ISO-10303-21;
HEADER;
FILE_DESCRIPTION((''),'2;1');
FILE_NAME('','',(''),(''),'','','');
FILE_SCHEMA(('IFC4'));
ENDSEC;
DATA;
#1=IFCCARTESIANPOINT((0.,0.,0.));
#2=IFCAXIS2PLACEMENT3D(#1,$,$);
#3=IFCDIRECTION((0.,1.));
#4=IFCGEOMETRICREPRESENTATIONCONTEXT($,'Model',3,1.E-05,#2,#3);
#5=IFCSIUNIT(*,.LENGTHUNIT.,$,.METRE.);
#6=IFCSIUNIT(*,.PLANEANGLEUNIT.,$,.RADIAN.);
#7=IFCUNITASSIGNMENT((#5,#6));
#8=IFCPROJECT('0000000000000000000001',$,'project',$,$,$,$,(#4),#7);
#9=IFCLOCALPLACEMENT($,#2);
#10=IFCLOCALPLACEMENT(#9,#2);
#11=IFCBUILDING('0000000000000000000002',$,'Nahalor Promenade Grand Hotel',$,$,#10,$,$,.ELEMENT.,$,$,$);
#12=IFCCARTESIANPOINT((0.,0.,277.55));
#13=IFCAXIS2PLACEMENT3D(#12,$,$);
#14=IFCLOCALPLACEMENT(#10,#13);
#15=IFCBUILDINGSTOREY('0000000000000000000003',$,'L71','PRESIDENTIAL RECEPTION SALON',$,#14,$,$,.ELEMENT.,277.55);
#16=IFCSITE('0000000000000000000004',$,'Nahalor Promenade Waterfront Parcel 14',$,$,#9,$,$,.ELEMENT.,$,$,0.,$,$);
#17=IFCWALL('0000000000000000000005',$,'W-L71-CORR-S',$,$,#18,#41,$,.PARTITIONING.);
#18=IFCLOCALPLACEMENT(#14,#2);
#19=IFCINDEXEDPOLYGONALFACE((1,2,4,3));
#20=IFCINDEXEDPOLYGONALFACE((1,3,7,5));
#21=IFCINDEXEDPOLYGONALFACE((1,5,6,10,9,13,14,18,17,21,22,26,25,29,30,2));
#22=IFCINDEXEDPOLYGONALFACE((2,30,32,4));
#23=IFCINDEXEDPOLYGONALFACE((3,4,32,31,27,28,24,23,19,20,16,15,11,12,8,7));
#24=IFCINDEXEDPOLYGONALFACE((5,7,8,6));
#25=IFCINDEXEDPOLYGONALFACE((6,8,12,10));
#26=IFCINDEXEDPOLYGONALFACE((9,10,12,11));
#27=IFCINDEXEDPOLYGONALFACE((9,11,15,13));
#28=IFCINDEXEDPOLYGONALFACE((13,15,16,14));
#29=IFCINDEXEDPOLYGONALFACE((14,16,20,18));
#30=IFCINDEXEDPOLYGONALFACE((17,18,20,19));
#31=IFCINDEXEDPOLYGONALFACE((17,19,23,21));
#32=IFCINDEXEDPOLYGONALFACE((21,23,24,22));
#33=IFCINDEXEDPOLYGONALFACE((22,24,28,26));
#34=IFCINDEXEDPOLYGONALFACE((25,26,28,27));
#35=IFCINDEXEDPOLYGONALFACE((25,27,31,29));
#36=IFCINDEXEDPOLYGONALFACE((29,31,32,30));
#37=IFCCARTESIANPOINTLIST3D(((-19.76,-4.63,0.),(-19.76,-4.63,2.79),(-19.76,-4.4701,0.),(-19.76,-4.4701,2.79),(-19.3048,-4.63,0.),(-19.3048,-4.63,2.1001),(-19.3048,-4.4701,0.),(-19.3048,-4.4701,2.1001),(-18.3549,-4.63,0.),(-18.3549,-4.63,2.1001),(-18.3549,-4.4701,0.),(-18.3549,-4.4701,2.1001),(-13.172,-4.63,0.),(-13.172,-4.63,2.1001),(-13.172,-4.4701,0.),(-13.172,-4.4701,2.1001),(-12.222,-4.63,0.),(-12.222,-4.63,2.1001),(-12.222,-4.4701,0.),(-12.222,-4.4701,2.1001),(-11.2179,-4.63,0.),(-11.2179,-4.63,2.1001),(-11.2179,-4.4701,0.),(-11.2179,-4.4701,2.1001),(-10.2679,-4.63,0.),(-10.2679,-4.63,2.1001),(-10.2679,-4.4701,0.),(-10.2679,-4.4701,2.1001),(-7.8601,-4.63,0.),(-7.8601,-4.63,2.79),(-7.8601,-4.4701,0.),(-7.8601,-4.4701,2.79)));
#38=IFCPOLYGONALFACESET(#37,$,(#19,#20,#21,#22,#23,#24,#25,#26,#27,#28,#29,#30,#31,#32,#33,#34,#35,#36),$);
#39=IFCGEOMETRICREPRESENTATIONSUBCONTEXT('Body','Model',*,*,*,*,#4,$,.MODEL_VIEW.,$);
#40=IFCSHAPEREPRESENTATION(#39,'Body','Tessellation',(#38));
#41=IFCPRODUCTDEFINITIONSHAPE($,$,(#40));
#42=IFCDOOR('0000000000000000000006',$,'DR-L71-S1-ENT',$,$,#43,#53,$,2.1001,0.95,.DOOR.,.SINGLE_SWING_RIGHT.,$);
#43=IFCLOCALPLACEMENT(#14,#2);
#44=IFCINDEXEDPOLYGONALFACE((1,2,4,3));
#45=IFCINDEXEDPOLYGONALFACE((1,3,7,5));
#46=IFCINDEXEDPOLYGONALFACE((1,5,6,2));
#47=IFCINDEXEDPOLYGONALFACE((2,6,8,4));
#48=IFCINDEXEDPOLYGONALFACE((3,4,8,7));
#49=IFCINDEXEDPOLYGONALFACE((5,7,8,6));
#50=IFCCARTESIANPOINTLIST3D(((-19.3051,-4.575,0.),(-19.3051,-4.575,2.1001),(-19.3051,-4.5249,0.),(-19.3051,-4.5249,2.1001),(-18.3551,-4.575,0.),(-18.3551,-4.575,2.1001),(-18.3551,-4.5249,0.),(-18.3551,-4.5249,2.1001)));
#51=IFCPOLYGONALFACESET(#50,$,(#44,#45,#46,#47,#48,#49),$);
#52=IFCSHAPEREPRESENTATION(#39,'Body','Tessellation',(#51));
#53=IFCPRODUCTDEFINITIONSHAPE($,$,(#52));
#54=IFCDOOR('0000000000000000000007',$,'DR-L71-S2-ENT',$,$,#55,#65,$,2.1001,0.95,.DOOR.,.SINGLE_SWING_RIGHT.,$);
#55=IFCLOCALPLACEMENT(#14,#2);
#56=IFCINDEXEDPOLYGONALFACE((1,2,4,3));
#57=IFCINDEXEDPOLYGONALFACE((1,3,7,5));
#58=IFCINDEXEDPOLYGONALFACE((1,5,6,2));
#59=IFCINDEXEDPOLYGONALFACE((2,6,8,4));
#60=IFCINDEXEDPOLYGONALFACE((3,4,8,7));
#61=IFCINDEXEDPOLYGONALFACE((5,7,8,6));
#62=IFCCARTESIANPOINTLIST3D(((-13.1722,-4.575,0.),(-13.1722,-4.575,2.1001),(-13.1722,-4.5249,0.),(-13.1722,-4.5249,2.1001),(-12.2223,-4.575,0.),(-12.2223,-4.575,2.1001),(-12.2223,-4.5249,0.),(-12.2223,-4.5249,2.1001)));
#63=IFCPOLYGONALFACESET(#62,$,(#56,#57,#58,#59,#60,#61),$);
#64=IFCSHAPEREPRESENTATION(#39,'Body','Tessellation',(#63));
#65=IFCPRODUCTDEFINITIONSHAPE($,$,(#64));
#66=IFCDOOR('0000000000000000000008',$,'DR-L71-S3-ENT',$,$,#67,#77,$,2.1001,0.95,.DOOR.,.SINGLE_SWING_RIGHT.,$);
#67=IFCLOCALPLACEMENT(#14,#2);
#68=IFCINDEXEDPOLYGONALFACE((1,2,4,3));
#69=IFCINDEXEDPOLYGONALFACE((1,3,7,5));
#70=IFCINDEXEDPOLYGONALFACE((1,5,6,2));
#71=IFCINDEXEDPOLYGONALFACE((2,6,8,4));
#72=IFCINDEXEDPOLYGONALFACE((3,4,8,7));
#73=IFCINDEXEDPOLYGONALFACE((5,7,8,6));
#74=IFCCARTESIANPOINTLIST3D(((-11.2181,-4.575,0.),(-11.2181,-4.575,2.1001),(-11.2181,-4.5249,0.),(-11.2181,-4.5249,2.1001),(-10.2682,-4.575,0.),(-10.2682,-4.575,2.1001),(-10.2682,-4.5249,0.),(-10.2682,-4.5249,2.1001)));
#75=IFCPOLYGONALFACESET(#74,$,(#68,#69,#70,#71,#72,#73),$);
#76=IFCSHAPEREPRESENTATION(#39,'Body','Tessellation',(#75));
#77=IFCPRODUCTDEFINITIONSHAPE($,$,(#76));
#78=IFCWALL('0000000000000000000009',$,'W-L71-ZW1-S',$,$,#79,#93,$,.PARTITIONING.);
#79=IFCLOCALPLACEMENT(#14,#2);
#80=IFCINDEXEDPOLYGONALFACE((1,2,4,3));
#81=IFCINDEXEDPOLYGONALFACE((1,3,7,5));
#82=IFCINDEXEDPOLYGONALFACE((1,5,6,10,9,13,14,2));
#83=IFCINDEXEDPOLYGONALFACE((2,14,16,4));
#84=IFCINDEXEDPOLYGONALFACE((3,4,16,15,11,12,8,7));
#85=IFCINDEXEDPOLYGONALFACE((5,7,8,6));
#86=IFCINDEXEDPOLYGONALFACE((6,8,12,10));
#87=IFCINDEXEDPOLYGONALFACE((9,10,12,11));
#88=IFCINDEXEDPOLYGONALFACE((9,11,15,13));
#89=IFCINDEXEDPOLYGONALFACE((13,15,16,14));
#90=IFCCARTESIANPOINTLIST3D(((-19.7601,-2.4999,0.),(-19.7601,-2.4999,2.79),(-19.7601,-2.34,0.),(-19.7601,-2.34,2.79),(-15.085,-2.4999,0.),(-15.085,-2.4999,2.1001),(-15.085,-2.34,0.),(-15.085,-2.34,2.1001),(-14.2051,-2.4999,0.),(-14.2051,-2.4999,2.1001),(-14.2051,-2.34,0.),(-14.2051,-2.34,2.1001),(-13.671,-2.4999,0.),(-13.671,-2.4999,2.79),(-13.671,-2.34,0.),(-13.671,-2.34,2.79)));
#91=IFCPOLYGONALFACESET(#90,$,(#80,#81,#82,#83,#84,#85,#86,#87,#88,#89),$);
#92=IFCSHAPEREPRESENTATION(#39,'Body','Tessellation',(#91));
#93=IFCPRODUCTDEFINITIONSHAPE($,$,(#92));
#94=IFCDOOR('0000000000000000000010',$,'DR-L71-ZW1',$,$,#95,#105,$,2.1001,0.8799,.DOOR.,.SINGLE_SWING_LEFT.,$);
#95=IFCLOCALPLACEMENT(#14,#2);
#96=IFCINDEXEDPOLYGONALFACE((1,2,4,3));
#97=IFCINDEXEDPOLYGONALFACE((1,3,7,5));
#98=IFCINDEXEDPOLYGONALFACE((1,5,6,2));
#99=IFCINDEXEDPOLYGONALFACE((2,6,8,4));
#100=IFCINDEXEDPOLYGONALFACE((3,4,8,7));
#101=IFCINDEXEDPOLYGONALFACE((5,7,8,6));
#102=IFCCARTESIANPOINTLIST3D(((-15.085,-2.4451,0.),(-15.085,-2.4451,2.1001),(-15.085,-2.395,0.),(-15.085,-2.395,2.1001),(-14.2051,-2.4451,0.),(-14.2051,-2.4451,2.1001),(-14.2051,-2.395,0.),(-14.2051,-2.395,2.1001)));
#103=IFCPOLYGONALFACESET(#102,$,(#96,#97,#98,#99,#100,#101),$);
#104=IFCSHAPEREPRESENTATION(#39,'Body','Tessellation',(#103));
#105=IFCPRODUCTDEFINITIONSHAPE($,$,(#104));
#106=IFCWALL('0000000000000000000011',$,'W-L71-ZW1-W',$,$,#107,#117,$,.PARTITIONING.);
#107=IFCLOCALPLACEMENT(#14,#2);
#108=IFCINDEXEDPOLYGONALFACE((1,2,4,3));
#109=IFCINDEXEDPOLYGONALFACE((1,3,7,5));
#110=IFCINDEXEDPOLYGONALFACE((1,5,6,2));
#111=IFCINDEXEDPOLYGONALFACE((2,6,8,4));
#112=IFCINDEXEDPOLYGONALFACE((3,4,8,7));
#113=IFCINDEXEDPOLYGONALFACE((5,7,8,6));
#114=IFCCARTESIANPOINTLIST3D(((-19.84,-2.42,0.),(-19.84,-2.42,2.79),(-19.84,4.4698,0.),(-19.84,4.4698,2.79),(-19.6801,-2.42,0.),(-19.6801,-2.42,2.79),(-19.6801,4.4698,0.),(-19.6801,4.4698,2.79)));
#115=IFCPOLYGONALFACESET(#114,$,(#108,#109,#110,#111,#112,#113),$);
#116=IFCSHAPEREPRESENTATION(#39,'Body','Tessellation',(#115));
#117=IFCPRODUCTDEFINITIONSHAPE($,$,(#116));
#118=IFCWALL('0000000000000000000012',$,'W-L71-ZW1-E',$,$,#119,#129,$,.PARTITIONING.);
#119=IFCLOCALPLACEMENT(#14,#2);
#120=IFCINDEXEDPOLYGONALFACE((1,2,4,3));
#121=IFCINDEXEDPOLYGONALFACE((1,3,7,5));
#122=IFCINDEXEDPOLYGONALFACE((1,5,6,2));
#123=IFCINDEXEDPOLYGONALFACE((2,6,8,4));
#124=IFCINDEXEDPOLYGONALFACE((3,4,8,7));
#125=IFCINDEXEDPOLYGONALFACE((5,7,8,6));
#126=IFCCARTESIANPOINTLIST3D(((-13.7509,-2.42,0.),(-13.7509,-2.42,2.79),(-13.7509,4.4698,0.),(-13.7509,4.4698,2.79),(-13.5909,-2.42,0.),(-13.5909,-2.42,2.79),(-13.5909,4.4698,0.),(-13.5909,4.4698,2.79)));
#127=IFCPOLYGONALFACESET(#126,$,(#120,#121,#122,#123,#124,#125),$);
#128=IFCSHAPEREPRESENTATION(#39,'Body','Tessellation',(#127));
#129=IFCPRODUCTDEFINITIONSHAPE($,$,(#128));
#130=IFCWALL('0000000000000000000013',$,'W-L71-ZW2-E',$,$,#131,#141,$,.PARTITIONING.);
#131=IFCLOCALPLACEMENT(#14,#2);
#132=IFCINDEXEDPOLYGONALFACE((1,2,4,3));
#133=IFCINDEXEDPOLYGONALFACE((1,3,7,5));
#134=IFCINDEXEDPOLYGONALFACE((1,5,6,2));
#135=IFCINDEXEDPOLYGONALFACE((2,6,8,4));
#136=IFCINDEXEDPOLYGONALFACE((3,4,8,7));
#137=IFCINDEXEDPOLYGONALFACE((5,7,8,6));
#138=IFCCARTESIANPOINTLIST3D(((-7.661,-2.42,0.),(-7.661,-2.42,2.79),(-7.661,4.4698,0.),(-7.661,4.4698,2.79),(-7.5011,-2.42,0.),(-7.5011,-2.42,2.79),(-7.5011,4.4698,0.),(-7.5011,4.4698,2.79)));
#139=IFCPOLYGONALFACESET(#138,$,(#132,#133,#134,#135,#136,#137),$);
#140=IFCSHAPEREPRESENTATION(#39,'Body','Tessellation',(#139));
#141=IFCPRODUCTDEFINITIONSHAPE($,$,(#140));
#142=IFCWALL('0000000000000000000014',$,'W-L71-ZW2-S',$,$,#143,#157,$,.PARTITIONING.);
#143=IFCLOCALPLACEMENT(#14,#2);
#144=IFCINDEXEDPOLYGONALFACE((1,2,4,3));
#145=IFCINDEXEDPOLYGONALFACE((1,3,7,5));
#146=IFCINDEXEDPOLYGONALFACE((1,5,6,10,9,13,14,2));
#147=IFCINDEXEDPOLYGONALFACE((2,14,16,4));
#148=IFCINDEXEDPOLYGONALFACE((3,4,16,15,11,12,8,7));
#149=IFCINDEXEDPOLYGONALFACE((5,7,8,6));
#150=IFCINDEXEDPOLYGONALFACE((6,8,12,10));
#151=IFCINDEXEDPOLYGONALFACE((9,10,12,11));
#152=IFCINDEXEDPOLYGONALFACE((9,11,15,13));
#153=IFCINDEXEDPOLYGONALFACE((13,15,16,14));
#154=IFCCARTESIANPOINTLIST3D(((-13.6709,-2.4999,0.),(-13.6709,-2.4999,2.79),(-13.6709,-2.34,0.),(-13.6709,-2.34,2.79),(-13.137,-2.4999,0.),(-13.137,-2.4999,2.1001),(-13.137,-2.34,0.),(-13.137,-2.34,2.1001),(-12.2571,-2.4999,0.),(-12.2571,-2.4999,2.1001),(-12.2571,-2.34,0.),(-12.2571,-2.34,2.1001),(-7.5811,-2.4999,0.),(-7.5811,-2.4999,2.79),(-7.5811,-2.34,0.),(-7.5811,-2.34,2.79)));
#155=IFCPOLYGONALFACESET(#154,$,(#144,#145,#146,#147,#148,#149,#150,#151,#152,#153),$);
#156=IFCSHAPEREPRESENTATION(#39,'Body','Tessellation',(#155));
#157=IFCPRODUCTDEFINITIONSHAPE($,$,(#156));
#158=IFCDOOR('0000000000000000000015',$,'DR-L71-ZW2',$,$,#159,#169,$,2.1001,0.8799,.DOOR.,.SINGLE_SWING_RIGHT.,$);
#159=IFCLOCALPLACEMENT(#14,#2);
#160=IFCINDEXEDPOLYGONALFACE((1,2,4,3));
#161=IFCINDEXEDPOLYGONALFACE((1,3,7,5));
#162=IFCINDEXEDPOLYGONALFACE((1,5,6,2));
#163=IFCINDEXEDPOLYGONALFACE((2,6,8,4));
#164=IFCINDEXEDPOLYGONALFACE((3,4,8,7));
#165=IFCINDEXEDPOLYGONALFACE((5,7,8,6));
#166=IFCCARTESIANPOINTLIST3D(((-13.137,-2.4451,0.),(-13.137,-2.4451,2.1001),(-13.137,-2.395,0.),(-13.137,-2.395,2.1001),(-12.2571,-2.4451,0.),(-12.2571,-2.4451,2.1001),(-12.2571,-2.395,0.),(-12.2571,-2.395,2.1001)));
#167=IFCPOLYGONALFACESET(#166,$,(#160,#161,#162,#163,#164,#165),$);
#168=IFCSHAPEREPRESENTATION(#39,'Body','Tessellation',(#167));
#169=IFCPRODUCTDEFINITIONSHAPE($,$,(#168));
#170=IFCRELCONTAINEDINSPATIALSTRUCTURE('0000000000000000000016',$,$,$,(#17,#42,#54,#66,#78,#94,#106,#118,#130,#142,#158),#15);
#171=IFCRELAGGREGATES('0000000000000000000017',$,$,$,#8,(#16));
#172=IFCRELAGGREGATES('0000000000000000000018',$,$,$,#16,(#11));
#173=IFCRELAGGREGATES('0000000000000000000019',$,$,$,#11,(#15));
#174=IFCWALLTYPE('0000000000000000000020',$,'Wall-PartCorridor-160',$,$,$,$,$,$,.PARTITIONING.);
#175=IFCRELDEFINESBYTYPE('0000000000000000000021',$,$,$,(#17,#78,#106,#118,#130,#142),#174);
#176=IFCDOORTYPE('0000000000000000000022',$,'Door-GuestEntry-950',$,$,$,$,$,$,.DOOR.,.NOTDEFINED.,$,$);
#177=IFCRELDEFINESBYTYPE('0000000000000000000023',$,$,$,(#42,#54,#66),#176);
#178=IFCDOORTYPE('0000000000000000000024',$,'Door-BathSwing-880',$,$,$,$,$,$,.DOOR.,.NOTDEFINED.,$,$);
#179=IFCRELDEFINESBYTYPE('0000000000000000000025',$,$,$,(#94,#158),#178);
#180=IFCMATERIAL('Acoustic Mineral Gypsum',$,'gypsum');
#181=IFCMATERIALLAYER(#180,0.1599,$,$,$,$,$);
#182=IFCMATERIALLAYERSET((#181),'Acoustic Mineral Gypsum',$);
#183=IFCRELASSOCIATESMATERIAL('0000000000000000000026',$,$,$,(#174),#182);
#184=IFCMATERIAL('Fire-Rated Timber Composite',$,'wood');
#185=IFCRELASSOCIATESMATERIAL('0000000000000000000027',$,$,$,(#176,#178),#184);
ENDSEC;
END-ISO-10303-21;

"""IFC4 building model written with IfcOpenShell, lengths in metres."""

from ifc_helpers import new_model, si_unit, direction, frame, frame_2d, origin, place, context, subcontext, project, spatial, rectangle, extrude, source, transform, mapped, material, layer, layer_set, type_object, element, fill, save


model = new_model("IFC4")

# Units and contexts
model_context = context("Model", 3, precision=1e-05, world=origin(), true_north=direction((0.0, 1.0)))
body_context = subcontext(model_context, "Body", "Model", "MODEL_VIEW")
ifc_project = project(units=[si_unit("LENGTHUNIT", "METRE"), si_unit("PLANEANGLEUNIT", "RADIAN")], contexts=[model_context])

# Site, building, storey
site_placement = place(None, origin())
site = spatial("IfcSite", under=ifc_project, at=site_placement, Name="Nahalor Promenade Waterfront Parcel 14", CompositionType="ELEMENT", RefElevation=0.0)
building_placement = place(site_placement, origin())
building = spatial("IfcBuilding", under=site, at=building_placement, Name="Nahalor Promenade Grand Hotel", CompositionType="ELEMENT")
storey_placement = place(building_placement, frame((0.0, 0.0, 277.55)))
storey = spatial("IfcBuildingStorey", under=building, at=storey_placement, Name="L71", Description="PRESIDENTIAL RECEPTION SALON", CompositionType="ELEMENT", Elevation=277.55)

# Shared definitions
ifc_material_1 = material(Name="Acoustic Mineral Gypsum", Category="gypsum")
ifc_layer_1 = layer(ifc_material_1, 0.1599)
ifc_layer_set_1 = layer_set([ifc_layer_1], Name="Acoustic Mineral Gypsum")
wall_type_1 = type_object("IfcWallType", Name="Wall-PartCorridor-160", PredefinedType="PARTITIONING", material=ifc_layer_set_1)
ifc_material_2 = material(Name="Fire-Rated Timber Composite", Category="wood")
door_type_1 = type_object("IfcDoorType", Name="Door-GuestEntry-950", OperationType="NOTDEFINED", PredefinedType="DOOR", material=ifc_material_2)
shared_shape_1 = source(origin(), body_context, "Body", "SweptSolid", [
    extrude(rectangle(XDim=0.95, YDim=2.1001, at=frame_2d((0.4751, 1.05))), frame((0.0, 0.0249, 0.0), z_axis=(0.0, -1.0, 0.0), x_axis=(1.0, 0.0, 0.0)), (0.0, 0.0, 1.0), 0.05),
])

# Wall, openings, doors
shared_shape_2 = source(origin(), body_context, "Body", "SweptSolid", [
    extrude(rectangle(XDim=11.8999, YDim=0.1599, at=frame_2d((5.95, 0.0))), origin(), (0.0, 0.0, 1.0), 2.79),
])
wall_1_placement = place(storey_placement, frame((-19.76, -4.55, 0.0), z_axis=(0.0, 0.0, 1.0), x_axis=(1.0, 0.0, 0.0)))
wall_1 = element("IfcWall", 1, at=wall_1_placement, inside=storey, type_object=wall_type_1, Name="W-L71-CORR-S", PredefinedType="PARTITIONING", context=body_context, shape_type="MappedRepresentation", body=[
    mapped(shared_shape_2, transform((0.0, 0.0, 0.0), scale=1.0)),
])
opening_1_placement = place(wall_1_placement, frame((0.4551, 0.0, 0.0)))
opening_1 = element("IfcOpeningElement", 2, at=opening_1_placement, cuts=wall_1, PredefinedType="OPENING", context=body_context, shape_type="SweptSolid", body=[
    extrude(rectangle(XDim=0.95, YDim=2.1001, at=frame_2d((0.4751, 1.05))), frame((0.0, 0.0898, 0.0), z_axis=(0.0, -1.0, 0.0), x_axis=(1.0, 0.0, 0.0)), (0.0, 0.0, 1.0), 0.1799),
])
opening_2_placement = place(wall_1_placement, frame((6.5879, 0.0, 0.0)))
opening_2 = element("IfcOpeningElement", 3, at=opening_2_placement, cuts=wall_1, PredefinedType="OPENING", context=body_context, shape_type="SweptSolid", body=[
    extrude(rectangle(XDim=0.95, YDim=2.1001, at=frame_2d((0.4751, 1.05))), frame((0.0, 0.0898, 0.0), z_axis=(0.0, -1.0, 0.0), x_axis=(1.0, 0.0, 0.0)), (0.0, 0.0, 1.0), 0.1799),
])
opening_3_placement = place(wall_1_placement, frame((8.542, 0.0, 0.0)))
opening_3 = element("IfcOpeningElement", 4, at=opening_3_placement, cuts=wall_1, PredefinedType="OPENING", context=body_context, shape_type="SweptSolid", body=[
    extrude(rectangle(XDim=0.95, YDim=2.1001, at=frame_2d((0.4751, 1.05))), frame((0.0, 0.0898, 0.0), z_axis=(0.0, -1.0, 0.0), x_axis=(1.0, 0.0, 0.0)), (0.0, 0.0, 1.0), 0.1799),
])
door_1_placement = place(opening_1_placement, frame((0.95, 0.0, 0.0), z_axis=(0.0, 0.0, 1.0), x_axis=(-1.0, 0.0, 0.0)))
door_1 = element("IfcDoor", 5, at=door_1_placement, inside=storey, type_object=door_type_1, Name="DR-L71-S1-ENT", OperationType="SINGLE_SWING_RIGHT", OverallHeight=2.1001, OverallWidth=0.95, PredefinedType="DOOR", context=body_context, shape_type="MappedRepresentation", body=[
    mapped(shared_shape_1, transform((0.0, 0.0, 0.0), scale=1.0)),
])
fill(opening_1, door_1)
door_2_placement = place(opening_2_placement, frame((0.95, 0.0, 0.0), z_axis=(0.0, 0.0, 1.0), x_axis=(-1.0, 0.0, 0.0)))
door_2 = element("IfcDoor", 6, at=door_2_placement, inside=storey, type_object=door_type_1, Name="DR-L71-S2-ENT", OperationType="SINGLE_SWING_RIGHT", OverallHeight=2.1001, OverallWidth=0.95, PredefinedType="DOOR", context=body_context, shape_type="MappedRepresentation", body=[
    mapped(shared_shape_1, transform((0.0, 0.0, 0.0), scale=1.0)),
])
fill(opening_2, door_2)
door_3_placement = place(opening_3_placement, frame((0.95, 0.0, 0.0), z_axis=(0.0, 0.0, 1.0), x_axis=(-1.0, 0.0, 0.0)))
door_3 = element("IfcDoor", 7, at=door_3_placement, inside=storey, type_object=door_type_1, Name="DR-L71-S3-ENT", OperationType="SINGLE_SWING_RIGHT", OverallHeight=2.1001, OverallWidth=0.95, PredefinedType="DOOR", context=body_context, shape_type="MappedRepresentation", body=[
    mapped(shared_shape_1, transform((0.0, 0.0, 0.0), scale=1.0)),
])
fill(opening_3, door_3)

# Wall, opening, door
shared_shape_3 = source(origin(), body_context, "Body", "SweptSolid", [
    extrude(rectangle(XDim=6.0891, YDim=0.1599, at=frame_2d((3.0444, 0.0))), origin(), (0.0, 0.0, 1.0), 2.79),
])
wall_2_placement = place(storey_placement, frame((-19.76, -2.4199, 0.0), z_axis=(0.0, 0.0, 1.0), x_axis=(1.0, 0.0, 0.0)))
wall_2 = element("IfcWall", 8, at=wall_2_placement, inside=storey, type_object=wall_type_1, Name="W-L71-ZW1-S", PredefinedType="PARTITIONING", context=body_context, shape_type="MappedRepresentation", body=[
    mapped(shared_shape_3, transform((0.0, 0.0, 0.0), scale=1.0)),
])
opening_4_placement = place(wall_2_placement, frame((4.675, 0.0, 0.0)))
opening_4 = element("IfcOpeningElement", 9, at=opening_4_placement, cuts=wall_2, PredefinedType="OPENING", context=body_context, shape_type="SweptSolid", body=[
    extrude(rectangle(XDim=0.8799, YDim=2.1001, at=frame_2d((0.4399, 1.05))), frame((0.0, 0.0898, 0.0), z_axis=(0.0, -1.0, 0.0), x_axis=(1.0, 0.0, 0.0)), (0.0, 0.0, 1.0), 0.1799),
])
door_type_2 = type_object("IfcDoorType", Name="Door-BathSwing-880", OperationType="NOTDEFINED", PredefinedType="DOOR", material=ifc_material_2)
shared_shape_4 = source(origin(), body_context, "Body", "SweptSolid", [
    extrude(rectangle(XDim=0.8799, YDim=2.1001, at=frame_2d((0.4399, 1.05))), frame((0.0, 0.0249, 0.0), z_axis=(0.0, -1.0, 0.0), x_axis=(1.0, 0.0, 0.0)), (0.0, 0.0, 1.0), 0.05),
])
door_4_placement = place(opening_4_placement, origin())
door_4 = element("IfcDoor", 10, at=door_4_placement, inside=storey, type_object=door_type_2, Name="DR-L71-ZW1", OperationType="SINGLE_SWING_LEFT", OverallHeight=2.1001, OverallWidth=0.8799, PredefinedType="DOOR", context=body_context, shape_type="MappedRepresentation", body=[
    mapped(shared_shape_4, transform((0.0, 0.0, 0.0), scale=1.0)),
])
fill(opening_4, door_4)

# Walls
shared_shape_5 = source(origin(), body_context, "Body", "SweptSolid", [
    extrude(rectangle(XDim=6.8899, YDim=0.1599, at=frame_2d((3.4448, 0.0))), origin(), (0.0, 0.0, 1.0), 2.79),
])
for number, where, z_axis, x_axis, name in (
    (11, (-19.76, -2.4199, 0.0), (0.0, 0.0, 1.0), (0.0, 1.0, 0.0), "W-L71-ZW1-W"),
    (12, (-13.6709, -2.4199, 0.0), (0.0, 0.0, 1.0), (0.0, 1.0, 0.0), "W-L71-ZW1-E"),
    (13, (-7.5811, -2.4199, 0.0), (0.0, 0.0, 1.0), (0.0, 1.0, 0.0), "W-L71-ZW2-E"),
):
    element("IfcWall", number, at=place(storey_placement, frame(where, z_axis=z_axis, x_axis=x_axis)), inside=storey, type_object=wall_type_1, Name=name, PredefinedType="PARTITIONING", context=body_context, shape_type="MappedRepresentation", body=[
        mapped(shared_shape_5, transform((0.0, 0.0, 0.0), scale=1.0)),
    ])

# Wall, opening, door
shared_shape_6 = source(origin(), body_context, "Body", "SweptSolid", [
    extrude(rectangle(XDim=6.0898, YDim=0.1599, at=frame_2d((3.0449, 0.0))), origin(), (0.0, 0.0, 1.0), 2.79),
])
wall_3_placement = place(storey_placement, frame((-13.6709, -2.4199, 0.0), z_axis=(0.0, 0.0, 1.0), x_axis=(1.0, 0.0, 0.0)))
wall_3 = element("IfcWall", 14, at=wall_3_placement, inside=storey, type_object=wall_type_1, Name="W-L71-ZW2-S", PredefinedType="PARTITIONING", context=body_context, shape_type="MappedRepresentation", body=[
    mapped(shared_shape_6, transform((0.0, 0.0, 0.0), scale=1.0)),
])
opening_5_placement = place(wall_3_placement, frame((0.5339, 0.0, 0.0)))
opening_5 = element("IfcOpeningElement", 15, at=opening_5_placement, cuts=wall_3, PredefinedType="OPENING", context=body_context, shape_type="SweptSolid", body=[
    extrude(rectangle(XDim=0.8799, YDim=2.1001, at=frame_2d((0.4399, 1.05))), frame((0.0, 0.0898, 0.0), z_axis=(0.0, -1.0, 0.0), x_axis=(1.0, 0.0, 0.0)), (0.0, 0.0, 1.0), 0.1799),
])
door_5_placement = place(opening_5_placement, origin())
door_5 = element("IfcDoor", 16, at=door_5_placement, inside=storey, type_object=door_type_2, Name="DR-L71-ZW2", OperationType="SINGLE_SWING_RIGHT", OverallHeight=2.1001, OverallWidth=0.8799, PredefinedType="DOOR", context=body_context, shape_type="MappedRepresentation", body=[
    mapped(shared_shape_4, transform((0.0, 0.0, 0.0), scale=1.0)),
])
fill(opening_5, door_5)

save(model, "model.ifc")
